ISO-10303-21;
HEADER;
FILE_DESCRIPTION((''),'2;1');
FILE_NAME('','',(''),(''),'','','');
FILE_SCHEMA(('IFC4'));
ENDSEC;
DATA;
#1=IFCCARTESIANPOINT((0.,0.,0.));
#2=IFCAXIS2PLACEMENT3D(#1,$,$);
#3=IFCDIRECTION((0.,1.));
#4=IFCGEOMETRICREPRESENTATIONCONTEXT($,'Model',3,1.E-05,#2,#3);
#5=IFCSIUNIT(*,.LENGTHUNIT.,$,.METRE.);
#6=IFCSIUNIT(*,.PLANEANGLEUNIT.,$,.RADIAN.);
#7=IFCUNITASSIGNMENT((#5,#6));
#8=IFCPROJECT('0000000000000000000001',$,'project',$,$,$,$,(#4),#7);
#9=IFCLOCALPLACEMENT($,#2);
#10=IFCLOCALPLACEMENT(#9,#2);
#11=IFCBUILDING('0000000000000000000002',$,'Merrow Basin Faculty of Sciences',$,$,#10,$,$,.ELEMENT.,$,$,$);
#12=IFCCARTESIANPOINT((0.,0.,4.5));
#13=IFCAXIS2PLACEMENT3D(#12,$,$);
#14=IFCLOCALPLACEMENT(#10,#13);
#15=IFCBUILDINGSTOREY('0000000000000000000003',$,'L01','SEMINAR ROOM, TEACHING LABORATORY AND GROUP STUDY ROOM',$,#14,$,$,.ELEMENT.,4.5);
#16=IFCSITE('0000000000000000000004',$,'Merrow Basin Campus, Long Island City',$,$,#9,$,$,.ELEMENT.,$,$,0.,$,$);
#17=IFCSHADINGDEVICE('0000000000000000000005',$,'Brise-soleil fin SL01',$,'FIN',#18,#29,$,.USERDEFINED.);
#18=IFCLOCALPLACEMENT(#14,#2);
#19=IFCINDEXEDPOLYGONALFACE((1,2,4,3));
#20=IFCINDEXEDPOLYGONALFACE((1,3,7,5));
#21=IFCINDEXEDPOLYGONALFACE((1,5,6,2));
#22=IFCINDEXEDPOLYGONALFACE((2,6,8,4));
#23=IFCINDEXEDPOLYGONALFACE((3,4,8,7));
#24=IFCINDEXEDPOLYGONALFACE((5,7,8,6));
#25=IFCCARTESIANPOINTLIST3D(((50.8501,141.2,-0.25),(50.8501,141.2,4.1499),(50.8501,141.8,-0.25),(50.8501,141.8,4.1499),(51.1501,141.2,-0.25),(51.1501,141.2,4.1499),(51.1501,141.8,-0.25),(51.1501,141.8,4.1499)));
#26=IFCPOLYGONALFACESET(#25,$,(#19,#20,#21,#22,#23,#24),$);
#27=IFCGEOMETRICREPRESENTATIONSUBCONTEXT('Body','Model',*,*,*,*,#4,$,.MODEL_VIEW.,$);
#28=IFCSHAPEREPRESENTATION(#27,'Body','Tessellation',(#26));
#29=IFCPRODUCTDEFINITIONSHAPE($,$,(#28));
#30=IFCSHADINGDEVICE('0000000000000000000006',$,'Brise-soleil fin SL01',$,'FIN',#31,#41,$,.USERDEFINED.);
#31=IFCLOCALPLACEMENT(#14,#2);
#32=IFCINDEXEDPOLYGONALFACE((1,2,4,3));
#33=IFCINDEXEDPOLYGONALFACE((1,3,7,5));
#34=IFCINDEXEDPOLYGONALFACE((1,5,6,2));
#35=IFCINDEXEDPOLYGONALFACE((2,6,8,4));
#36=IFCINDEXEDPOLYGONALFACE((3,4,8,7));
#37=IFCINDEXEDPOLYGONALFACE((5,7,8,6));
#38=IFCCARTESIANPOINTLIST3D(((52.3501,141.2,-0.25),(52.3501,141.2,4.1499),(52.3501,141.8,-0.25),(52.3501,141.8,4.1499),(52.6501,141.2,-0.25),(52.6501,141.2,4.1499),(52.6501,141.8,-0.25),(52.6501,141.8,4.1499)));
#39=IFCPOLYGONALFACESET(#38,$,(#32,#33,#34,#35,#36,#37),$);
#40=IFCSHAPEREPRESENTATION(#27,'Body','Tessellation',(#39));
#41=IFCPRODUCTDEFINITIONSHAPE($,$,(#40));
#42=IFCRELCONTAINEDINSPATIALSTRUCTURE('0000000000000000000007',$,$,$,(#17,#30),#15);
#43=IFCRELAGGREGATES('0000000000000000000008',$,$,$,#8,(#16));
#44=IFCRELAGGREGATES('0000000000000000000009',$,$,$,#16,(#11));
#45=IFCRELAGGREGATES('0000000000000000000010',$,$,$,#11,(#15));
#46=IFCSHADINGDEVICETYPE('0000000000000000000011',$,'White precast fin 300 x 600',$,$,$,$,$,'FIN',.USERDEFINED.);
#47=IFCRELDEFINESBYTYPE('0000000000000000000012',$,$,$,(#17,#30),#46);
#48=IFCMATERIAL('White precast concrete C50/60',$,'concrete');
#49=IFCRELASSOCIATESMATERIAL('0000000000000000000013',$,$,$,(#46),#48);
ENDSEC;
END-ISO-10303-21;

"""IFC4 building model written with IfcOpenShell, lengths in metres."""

from ifc_helpers import new_model, si_unit, direction, frame, origin, place, context, subcontext, project, spatial, polyline, outline, extrude, source, transform, mapped, material, type_object, element, save


model = new_model("IFC4")

# Units and contexts
model_context = context("Model", 3, precision=1e-05, world=origin(), true_north=direction((0.0, 1.0)))
body_context = subcontext(model_context, "Body", "Model", "MODEL_VIEW")
ifc_project = project(units=[si_unit("LENGTHUNIT", "METRE"), si_unit("PLANEANGLEUNIT", "RADIAN")], contexts=[model_context])

# Site, building, storey
site_placement = place(None, origin())
site = spatial("IfcSite", under=ifc_project, at=site_placement, Name="Merrow Basin Campus, Long Island City", CompositionType="ELEMENT", RefElevation=0.0)
building_placement = place(site_placement, origin())
building = spatial("IfcBuilding", under=site, at=building_placement, Name="Merrow Basin Faculty of Sciences", CompositionType="ELEMENT")
storey_placement = place(building_placement, frame((0.0, 0.0, 4.5)))
storey = spatial("IfcBuildingStorey", under=building, at=storey_placement, Name="L01", Description="SEMINAR ROOM, TEACHING LABORATORY AND GROUP STUDY ROOM", CompositionType="ELEMENT", Elevation=4.5)

# Shading devices
ifc_material_1 = material(Name="White precast concrete C50/60", Category="concrete")
shading_device_type = type_object("IfcShadingDeviceType", Name="White precast fin 300 x 600", ElementType="FIN", PredefinedType="USERDEFINED", material=ifc_material_1)
shared_shape_1 = source(origin(), body_context, "Body", "SweptSolid", [
    extrude(outline(polyline([(0.0, 0.0), (0.3, 0.0), (0.3, 4.3999), (0.0, 4.3999), (0.0, 0.0)])), origin(), (0.0, 0.0, 1.0), 0.6001),
])
for number, where, z_axis, x_axis, name in (
    (1, (50.8501, 141.8, -0.25), (0.0, -1.0, 0.0), (1.0, 0.0, 0.0), "Brise-soleil fin SL01"),
    (2, (52.3501, 141.8, -0.25), (0.0, -1.0, 0.0), (1.0, 0.0, 0.0), "Brise-soleil fin SL01"),
):
    element("IfcShadingDevice", number, at=place(storey_placement, frame(where, z_axis=z_axis, x_axis=x_axis)), inside=storey, type_object=shading_device_type, Name=name, ObjectType="FIN", PredefinedType="USERDEFINED", context=body_context, shape_type="MappedRepresentation", body=[
        mapped(shared_shape_1, transform((0.0, 0.0, 0.0), scale=1.0)),
    ])

save(model, "model.ifc")
